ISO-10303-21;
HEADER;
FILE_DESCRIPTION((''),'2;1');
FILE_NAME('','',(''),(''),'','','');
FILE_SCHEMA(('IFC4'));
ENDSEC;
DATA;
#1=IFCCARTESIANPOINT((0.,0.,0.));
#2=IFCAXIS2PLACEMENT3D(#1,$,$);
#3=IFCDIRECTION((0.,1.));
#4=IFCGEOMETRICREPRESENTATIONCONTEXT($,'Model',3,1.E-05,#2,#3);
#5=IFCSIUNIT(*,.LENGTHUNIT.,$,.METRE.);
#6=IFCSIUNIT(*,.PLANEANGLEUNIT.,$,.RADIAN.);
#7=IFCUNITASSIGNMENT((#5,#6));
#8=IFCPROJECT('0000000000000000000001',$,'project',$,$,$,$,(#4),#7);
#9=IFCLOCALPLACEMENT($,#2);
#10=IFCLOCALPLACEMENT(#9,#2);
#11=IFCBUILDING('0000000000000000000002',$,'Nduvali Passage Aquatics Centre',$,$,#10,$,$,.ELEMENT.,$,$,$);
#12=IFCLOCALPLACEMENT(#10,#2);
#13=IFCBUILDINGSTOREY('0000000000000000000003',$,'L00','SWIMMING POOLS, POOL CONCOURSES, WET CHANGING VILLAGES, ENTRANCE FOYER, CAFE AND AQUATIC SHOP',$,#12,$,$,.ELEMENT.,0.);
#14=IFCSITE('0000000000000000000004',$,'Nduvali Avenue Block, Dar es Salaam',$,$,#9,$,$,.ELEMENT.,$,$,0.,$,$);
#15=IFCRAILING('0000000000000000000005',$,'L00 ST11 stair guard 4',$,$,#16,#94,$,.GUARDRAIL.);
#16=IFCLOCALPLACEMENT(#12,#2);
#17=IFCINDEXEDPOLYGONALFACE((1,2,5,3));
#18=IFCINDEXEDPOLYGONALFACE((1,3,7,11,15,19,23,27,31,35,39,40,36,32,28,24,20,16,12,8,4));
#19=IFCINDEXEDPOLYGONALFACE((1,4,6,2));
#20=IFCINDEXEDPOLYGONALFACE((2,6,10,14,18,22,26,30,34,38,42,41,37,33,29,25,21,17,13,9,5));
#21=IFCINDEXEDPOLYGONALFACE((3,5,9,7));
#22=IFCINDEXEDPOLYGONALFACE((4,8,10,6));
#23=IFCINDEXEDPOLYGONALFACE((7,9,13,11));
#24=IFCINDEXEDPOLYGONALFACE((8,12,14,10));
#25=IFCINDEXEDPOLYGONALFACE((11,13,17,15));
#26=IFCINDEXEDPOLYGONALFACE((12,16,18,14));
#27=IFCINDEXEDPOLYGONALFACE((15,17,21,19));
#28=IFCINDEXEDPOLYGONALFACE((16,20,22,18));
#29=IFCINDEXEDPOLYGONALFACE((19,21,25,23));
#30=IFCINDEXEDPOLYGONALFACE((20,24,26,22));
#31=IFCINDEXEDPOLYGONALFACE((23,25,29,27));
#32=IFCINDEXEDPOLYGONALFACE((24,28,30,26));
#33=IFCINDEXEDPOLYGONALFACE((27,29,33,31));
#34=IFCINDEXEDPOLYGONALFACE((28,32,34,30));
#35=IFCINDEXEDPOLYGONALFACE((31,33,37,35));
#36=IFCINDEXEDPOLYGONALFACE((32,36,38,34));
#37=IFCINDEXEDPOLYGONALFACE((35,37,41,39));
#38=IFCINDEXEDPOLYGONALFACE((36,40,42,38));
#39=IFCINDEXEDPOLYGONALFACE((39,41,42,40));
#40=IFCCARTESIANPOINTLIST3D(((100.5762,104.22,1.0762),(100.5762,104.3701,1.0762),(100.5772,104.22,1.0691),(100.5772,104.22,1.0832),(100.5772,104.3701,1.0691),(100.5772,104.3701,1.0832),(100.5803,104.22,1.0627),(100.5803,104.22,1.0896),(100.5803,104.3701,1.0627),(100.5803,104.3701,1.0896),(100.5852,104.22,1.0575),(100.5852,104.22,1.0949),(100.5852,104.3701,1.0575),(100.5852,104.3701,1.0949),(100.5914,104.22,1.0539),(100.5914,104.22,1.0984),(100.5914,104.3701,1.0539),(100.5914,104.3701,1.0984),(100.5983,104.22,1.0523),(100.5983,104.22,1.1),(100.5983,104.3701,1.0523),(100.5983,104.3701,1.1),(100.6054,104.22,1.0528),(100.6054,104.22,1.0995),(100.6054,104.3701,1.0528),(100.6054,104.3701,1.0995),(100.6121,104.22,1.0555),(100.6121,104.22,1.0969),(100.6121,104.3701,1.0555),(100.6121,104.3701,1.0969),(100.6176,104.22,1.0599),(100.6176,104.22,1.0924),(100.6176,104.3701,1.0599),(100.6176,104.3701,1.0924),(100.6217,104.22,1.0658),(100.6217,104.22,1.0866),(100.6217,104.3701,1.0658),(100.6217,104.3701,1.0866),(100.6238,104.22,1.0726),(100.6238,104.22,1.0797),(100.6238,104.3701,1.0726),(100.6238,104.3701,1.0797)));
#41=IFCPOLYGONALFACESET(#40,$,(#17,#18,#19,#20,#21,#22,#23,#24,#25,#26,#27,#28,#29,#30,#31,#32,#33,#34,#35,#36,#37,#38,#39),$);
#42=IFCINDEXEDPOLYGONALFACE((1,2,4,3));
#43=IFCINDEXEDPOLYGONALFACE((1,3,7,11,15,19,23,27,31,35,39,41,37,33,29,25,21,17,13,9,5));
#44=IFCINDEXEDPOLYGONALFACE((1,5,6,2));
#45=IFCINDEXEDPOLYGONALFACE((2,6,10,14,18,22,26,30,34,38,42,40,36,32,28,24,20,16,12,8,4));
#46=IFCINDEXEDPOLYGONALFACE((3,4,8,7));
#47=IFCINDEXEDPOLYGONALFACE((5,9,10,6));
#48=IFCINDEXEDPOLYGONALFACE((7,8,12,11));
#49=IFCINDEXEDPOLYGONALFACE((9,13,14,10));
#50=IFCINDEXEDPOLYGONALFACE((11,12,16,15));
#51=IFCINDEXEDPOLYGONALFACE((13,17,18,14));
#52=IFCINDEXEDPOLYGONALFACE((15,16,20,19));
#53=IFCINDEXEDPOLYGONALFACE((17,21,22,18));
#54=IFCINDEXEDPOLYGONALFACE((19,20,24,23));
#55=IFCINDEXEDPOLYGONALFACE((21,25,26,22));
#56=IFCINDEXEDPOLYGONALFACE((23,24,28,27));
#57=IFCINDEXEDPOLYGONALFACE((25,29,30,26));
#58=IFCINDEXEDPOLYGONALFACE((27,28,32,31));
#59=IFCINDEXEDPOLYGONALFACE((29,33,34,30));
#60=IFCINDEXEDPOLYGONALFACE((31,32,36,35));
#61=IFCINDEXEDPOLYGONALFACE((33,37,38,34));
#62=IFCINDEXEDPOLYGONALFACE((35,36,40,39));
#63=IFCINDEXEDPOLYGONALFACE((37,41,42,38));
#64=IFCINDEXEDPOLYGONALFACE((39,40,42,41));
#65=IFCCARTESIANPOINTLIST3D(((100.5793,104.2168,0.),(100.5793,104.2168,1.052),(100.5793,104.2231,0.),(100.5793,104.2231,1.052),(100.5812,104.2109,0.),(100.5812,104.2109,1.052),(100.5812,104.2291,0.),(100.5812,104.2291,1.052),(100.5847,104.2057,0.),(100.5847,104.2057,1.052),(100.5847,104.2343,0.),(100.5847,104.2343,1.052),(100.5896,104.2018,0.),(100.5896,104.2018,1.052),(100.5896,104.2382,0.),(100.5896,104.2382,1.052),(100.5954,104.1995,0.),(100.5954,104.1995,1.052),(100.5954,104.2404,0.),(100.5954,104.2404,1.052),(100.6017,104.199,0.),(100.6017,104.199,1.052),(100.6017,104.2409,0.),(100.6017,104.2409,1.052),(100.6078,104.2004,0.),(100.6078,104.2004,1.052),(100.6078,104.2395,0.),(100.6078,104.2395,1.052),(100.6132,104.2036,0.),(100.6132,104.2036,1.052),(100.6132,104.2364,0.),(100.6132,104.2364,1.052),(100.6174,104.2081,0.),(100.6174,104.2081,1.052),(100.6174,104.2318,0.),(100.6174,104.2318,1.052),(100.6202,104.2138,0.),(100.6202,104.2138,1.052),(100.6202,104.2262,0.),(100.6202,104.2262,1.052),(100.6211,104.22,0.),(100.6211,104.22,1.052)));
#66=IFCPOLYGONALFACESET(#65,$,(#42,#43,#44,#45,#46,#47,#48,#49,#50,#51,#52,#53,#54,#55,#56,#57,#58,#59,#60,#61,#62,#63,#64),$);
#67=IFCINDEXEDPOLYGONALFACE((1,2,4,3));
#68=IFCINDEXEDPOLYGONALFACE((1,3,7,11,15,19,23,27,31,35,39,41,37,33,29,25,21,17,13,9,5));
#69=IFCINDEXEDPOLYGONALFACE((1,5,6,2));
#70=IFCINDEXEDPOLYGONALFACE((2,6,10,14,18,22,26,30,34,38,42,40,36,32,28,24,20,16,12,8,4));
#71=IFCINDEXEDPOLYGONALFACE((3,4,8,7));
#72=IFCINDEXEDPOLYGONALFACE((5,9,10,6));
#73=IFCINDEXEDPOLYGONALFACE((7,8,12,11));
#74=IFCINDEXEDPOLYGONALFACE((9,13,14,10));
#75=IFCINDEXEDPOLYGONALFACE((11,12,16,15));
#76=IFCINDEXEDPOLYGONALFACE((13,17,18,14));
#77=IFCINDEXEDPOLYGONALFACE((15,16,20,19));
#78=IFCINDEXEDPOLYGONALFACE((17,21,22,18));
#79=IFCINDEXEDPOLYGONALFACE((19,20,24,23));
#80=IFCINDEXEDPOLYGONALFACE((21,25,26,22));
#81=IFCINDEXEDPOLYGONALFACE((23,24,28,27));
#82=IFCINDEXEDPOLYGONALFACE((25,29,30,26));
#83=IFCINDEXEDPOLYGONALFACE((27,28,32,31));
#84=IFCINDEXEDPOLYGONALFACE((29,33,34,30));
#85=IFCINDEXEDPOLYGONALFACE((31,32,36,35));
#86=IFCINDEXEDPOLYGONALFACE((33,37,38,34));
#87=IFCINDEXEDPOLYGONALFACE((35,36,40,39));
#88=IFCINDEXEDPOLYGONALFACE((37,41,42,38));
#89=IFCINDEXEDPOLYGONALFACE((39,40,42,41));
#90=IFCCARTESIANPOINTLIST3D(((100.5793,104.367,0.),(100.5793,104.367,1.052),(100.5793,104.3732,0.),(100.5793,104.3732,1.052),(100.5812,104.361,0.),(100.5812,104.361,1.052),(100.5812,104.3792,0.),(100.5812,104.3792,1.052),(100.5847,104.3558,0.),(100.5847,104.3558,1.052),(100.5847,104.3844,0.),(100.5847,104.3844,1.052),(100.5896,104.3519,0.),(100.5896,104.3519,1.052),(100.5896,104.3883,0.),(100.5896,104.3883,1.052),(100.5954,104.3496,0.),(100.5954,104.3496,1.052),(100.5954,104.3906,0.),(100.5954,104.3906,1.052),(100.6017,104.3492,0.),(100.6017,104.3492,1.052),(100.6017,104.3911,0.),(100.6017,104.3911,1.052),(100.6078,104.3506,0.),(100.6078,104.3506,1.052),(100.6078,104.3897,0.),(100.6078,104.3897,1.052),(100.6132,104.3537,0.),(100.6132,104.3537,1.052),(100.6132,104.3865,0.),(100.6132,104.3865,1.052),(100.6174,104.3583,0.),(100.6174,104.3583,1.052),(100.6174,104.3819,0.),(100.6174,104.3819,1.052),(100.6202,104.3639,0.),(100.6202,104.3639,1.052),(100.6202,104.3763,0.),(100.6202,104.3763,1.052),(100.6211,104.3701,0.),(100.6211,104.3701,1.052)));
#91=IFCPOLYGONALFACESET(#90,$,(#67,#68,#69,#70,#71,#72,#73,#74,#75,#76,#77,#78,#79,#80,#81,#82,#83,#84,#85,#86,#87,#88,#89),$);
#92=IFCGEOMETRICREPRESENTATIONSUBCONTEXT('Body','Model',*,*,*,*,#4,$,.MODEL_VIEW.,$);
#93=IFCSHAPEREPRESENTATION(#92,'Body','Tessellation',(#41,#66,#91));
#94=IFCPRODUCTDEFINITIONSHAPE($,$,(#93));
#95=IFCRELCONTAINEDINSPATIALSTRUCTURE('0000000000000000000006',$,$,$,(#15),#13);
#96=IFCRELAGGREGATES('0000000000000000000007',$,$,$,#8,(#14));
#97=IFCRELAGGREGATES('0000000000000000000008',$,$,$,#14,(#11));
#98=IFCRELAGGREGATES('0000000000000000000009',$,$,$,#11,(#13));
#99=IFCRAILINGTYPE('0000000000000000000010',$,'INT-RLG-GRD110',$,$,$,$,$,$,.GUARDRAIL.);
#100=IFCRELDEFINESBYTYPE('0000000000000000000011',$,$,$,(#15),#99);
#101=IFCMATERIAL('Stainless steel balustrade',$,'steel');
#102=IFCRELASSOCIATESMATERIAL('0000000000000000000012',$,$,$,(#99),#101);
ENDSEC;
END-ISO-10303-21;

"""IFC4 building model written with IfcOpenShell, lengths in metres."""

from ifc_helpers import new_model, si_unit, direction, frame, origin, origin_2d, place, context, subcontext, project, spatial, circle, extrude, material, type_object, element, save


model = new_model("IFC4")

# Units and contexts
model_context = context("Model", 3, precision=1e-05, world=origin(), true_north=direction((0.0, 1.0)))
body_context = subcontext(model_context, "Body", "Model", "MODEL_VIEW")
ifc_project = project(units=[si_unit("LENGTHUNIT", "METRE"), si_unit("PLANEANGLEUNIT", "RADIAN")], contexts=[model_context])

# Site, building, storey
site_placement = place(None, origin())
site = spatial("IfcSite", under=ifc_project, at=site_placement, Name="Nduvali Avenue Block, Dar es Salaam", CompositionType="ELEMENT", RefElevation=0.0)
building_placement = place(site_placement, origin())
building = spatial("IfcBuilding", under=site, at=building_placement, Name="Nduvali Passage Aquatics Centre", CompositionType="ELEMENT")
storey_placement = place(building_placement, origin())
storey = spatial("IfcBuildingStorey", under=building, at=storey_placement, Name="L00", Description="SWIMMING POOLS, POOL CONCOURSES, WET CHANGING VILLAGES, ENTRANCE FOYER, CAFE AND AQUATIC SHOP", CompositionType="ELEMENT", Elevation=0.0)

# Railing
ifc_material_1 = material(Name="Stainless steel balustrade", Category="steel")
railing_type_1 = type_object("IfcRailingType", Name="INT-RLG-GRD110", PredefinedType="GUARDRAIL", material=ifc_material_1)
railing_1_placement = place(storey_placement, frame((100.6001, 104.22, 0.0)))
element("IfcRailing", 1, at=railing_1_placement, inside=storey, type_object=railing_type_1, Name="L00 ST11 stair guard 4", PredefinedType="GUARDRAIL", context=body_context, shape_type="SweptSolid", body=[
    extrude(circle(Radius=0.0239, at=origin_2d()), frame((0.0, 0.0, 1.0762), z_axis=(0.0, 1.0, 0.0), x_axis=(-1.0, 0.0, 0.0)), (0.0, 0.0, 1.0), 0.1501),
    extrude(circle(Radius=0.021, at=origin_2d()), origin(), (0.0, 0.0, 1.0), 1.052),
    extrude(circle(Radius=0.021, at=origin_2d()), frame((0.0, 0.1501, 0.0)), (0.0, 0.0, 1.0), 1.052),
])

save(model, "model.ifc")
